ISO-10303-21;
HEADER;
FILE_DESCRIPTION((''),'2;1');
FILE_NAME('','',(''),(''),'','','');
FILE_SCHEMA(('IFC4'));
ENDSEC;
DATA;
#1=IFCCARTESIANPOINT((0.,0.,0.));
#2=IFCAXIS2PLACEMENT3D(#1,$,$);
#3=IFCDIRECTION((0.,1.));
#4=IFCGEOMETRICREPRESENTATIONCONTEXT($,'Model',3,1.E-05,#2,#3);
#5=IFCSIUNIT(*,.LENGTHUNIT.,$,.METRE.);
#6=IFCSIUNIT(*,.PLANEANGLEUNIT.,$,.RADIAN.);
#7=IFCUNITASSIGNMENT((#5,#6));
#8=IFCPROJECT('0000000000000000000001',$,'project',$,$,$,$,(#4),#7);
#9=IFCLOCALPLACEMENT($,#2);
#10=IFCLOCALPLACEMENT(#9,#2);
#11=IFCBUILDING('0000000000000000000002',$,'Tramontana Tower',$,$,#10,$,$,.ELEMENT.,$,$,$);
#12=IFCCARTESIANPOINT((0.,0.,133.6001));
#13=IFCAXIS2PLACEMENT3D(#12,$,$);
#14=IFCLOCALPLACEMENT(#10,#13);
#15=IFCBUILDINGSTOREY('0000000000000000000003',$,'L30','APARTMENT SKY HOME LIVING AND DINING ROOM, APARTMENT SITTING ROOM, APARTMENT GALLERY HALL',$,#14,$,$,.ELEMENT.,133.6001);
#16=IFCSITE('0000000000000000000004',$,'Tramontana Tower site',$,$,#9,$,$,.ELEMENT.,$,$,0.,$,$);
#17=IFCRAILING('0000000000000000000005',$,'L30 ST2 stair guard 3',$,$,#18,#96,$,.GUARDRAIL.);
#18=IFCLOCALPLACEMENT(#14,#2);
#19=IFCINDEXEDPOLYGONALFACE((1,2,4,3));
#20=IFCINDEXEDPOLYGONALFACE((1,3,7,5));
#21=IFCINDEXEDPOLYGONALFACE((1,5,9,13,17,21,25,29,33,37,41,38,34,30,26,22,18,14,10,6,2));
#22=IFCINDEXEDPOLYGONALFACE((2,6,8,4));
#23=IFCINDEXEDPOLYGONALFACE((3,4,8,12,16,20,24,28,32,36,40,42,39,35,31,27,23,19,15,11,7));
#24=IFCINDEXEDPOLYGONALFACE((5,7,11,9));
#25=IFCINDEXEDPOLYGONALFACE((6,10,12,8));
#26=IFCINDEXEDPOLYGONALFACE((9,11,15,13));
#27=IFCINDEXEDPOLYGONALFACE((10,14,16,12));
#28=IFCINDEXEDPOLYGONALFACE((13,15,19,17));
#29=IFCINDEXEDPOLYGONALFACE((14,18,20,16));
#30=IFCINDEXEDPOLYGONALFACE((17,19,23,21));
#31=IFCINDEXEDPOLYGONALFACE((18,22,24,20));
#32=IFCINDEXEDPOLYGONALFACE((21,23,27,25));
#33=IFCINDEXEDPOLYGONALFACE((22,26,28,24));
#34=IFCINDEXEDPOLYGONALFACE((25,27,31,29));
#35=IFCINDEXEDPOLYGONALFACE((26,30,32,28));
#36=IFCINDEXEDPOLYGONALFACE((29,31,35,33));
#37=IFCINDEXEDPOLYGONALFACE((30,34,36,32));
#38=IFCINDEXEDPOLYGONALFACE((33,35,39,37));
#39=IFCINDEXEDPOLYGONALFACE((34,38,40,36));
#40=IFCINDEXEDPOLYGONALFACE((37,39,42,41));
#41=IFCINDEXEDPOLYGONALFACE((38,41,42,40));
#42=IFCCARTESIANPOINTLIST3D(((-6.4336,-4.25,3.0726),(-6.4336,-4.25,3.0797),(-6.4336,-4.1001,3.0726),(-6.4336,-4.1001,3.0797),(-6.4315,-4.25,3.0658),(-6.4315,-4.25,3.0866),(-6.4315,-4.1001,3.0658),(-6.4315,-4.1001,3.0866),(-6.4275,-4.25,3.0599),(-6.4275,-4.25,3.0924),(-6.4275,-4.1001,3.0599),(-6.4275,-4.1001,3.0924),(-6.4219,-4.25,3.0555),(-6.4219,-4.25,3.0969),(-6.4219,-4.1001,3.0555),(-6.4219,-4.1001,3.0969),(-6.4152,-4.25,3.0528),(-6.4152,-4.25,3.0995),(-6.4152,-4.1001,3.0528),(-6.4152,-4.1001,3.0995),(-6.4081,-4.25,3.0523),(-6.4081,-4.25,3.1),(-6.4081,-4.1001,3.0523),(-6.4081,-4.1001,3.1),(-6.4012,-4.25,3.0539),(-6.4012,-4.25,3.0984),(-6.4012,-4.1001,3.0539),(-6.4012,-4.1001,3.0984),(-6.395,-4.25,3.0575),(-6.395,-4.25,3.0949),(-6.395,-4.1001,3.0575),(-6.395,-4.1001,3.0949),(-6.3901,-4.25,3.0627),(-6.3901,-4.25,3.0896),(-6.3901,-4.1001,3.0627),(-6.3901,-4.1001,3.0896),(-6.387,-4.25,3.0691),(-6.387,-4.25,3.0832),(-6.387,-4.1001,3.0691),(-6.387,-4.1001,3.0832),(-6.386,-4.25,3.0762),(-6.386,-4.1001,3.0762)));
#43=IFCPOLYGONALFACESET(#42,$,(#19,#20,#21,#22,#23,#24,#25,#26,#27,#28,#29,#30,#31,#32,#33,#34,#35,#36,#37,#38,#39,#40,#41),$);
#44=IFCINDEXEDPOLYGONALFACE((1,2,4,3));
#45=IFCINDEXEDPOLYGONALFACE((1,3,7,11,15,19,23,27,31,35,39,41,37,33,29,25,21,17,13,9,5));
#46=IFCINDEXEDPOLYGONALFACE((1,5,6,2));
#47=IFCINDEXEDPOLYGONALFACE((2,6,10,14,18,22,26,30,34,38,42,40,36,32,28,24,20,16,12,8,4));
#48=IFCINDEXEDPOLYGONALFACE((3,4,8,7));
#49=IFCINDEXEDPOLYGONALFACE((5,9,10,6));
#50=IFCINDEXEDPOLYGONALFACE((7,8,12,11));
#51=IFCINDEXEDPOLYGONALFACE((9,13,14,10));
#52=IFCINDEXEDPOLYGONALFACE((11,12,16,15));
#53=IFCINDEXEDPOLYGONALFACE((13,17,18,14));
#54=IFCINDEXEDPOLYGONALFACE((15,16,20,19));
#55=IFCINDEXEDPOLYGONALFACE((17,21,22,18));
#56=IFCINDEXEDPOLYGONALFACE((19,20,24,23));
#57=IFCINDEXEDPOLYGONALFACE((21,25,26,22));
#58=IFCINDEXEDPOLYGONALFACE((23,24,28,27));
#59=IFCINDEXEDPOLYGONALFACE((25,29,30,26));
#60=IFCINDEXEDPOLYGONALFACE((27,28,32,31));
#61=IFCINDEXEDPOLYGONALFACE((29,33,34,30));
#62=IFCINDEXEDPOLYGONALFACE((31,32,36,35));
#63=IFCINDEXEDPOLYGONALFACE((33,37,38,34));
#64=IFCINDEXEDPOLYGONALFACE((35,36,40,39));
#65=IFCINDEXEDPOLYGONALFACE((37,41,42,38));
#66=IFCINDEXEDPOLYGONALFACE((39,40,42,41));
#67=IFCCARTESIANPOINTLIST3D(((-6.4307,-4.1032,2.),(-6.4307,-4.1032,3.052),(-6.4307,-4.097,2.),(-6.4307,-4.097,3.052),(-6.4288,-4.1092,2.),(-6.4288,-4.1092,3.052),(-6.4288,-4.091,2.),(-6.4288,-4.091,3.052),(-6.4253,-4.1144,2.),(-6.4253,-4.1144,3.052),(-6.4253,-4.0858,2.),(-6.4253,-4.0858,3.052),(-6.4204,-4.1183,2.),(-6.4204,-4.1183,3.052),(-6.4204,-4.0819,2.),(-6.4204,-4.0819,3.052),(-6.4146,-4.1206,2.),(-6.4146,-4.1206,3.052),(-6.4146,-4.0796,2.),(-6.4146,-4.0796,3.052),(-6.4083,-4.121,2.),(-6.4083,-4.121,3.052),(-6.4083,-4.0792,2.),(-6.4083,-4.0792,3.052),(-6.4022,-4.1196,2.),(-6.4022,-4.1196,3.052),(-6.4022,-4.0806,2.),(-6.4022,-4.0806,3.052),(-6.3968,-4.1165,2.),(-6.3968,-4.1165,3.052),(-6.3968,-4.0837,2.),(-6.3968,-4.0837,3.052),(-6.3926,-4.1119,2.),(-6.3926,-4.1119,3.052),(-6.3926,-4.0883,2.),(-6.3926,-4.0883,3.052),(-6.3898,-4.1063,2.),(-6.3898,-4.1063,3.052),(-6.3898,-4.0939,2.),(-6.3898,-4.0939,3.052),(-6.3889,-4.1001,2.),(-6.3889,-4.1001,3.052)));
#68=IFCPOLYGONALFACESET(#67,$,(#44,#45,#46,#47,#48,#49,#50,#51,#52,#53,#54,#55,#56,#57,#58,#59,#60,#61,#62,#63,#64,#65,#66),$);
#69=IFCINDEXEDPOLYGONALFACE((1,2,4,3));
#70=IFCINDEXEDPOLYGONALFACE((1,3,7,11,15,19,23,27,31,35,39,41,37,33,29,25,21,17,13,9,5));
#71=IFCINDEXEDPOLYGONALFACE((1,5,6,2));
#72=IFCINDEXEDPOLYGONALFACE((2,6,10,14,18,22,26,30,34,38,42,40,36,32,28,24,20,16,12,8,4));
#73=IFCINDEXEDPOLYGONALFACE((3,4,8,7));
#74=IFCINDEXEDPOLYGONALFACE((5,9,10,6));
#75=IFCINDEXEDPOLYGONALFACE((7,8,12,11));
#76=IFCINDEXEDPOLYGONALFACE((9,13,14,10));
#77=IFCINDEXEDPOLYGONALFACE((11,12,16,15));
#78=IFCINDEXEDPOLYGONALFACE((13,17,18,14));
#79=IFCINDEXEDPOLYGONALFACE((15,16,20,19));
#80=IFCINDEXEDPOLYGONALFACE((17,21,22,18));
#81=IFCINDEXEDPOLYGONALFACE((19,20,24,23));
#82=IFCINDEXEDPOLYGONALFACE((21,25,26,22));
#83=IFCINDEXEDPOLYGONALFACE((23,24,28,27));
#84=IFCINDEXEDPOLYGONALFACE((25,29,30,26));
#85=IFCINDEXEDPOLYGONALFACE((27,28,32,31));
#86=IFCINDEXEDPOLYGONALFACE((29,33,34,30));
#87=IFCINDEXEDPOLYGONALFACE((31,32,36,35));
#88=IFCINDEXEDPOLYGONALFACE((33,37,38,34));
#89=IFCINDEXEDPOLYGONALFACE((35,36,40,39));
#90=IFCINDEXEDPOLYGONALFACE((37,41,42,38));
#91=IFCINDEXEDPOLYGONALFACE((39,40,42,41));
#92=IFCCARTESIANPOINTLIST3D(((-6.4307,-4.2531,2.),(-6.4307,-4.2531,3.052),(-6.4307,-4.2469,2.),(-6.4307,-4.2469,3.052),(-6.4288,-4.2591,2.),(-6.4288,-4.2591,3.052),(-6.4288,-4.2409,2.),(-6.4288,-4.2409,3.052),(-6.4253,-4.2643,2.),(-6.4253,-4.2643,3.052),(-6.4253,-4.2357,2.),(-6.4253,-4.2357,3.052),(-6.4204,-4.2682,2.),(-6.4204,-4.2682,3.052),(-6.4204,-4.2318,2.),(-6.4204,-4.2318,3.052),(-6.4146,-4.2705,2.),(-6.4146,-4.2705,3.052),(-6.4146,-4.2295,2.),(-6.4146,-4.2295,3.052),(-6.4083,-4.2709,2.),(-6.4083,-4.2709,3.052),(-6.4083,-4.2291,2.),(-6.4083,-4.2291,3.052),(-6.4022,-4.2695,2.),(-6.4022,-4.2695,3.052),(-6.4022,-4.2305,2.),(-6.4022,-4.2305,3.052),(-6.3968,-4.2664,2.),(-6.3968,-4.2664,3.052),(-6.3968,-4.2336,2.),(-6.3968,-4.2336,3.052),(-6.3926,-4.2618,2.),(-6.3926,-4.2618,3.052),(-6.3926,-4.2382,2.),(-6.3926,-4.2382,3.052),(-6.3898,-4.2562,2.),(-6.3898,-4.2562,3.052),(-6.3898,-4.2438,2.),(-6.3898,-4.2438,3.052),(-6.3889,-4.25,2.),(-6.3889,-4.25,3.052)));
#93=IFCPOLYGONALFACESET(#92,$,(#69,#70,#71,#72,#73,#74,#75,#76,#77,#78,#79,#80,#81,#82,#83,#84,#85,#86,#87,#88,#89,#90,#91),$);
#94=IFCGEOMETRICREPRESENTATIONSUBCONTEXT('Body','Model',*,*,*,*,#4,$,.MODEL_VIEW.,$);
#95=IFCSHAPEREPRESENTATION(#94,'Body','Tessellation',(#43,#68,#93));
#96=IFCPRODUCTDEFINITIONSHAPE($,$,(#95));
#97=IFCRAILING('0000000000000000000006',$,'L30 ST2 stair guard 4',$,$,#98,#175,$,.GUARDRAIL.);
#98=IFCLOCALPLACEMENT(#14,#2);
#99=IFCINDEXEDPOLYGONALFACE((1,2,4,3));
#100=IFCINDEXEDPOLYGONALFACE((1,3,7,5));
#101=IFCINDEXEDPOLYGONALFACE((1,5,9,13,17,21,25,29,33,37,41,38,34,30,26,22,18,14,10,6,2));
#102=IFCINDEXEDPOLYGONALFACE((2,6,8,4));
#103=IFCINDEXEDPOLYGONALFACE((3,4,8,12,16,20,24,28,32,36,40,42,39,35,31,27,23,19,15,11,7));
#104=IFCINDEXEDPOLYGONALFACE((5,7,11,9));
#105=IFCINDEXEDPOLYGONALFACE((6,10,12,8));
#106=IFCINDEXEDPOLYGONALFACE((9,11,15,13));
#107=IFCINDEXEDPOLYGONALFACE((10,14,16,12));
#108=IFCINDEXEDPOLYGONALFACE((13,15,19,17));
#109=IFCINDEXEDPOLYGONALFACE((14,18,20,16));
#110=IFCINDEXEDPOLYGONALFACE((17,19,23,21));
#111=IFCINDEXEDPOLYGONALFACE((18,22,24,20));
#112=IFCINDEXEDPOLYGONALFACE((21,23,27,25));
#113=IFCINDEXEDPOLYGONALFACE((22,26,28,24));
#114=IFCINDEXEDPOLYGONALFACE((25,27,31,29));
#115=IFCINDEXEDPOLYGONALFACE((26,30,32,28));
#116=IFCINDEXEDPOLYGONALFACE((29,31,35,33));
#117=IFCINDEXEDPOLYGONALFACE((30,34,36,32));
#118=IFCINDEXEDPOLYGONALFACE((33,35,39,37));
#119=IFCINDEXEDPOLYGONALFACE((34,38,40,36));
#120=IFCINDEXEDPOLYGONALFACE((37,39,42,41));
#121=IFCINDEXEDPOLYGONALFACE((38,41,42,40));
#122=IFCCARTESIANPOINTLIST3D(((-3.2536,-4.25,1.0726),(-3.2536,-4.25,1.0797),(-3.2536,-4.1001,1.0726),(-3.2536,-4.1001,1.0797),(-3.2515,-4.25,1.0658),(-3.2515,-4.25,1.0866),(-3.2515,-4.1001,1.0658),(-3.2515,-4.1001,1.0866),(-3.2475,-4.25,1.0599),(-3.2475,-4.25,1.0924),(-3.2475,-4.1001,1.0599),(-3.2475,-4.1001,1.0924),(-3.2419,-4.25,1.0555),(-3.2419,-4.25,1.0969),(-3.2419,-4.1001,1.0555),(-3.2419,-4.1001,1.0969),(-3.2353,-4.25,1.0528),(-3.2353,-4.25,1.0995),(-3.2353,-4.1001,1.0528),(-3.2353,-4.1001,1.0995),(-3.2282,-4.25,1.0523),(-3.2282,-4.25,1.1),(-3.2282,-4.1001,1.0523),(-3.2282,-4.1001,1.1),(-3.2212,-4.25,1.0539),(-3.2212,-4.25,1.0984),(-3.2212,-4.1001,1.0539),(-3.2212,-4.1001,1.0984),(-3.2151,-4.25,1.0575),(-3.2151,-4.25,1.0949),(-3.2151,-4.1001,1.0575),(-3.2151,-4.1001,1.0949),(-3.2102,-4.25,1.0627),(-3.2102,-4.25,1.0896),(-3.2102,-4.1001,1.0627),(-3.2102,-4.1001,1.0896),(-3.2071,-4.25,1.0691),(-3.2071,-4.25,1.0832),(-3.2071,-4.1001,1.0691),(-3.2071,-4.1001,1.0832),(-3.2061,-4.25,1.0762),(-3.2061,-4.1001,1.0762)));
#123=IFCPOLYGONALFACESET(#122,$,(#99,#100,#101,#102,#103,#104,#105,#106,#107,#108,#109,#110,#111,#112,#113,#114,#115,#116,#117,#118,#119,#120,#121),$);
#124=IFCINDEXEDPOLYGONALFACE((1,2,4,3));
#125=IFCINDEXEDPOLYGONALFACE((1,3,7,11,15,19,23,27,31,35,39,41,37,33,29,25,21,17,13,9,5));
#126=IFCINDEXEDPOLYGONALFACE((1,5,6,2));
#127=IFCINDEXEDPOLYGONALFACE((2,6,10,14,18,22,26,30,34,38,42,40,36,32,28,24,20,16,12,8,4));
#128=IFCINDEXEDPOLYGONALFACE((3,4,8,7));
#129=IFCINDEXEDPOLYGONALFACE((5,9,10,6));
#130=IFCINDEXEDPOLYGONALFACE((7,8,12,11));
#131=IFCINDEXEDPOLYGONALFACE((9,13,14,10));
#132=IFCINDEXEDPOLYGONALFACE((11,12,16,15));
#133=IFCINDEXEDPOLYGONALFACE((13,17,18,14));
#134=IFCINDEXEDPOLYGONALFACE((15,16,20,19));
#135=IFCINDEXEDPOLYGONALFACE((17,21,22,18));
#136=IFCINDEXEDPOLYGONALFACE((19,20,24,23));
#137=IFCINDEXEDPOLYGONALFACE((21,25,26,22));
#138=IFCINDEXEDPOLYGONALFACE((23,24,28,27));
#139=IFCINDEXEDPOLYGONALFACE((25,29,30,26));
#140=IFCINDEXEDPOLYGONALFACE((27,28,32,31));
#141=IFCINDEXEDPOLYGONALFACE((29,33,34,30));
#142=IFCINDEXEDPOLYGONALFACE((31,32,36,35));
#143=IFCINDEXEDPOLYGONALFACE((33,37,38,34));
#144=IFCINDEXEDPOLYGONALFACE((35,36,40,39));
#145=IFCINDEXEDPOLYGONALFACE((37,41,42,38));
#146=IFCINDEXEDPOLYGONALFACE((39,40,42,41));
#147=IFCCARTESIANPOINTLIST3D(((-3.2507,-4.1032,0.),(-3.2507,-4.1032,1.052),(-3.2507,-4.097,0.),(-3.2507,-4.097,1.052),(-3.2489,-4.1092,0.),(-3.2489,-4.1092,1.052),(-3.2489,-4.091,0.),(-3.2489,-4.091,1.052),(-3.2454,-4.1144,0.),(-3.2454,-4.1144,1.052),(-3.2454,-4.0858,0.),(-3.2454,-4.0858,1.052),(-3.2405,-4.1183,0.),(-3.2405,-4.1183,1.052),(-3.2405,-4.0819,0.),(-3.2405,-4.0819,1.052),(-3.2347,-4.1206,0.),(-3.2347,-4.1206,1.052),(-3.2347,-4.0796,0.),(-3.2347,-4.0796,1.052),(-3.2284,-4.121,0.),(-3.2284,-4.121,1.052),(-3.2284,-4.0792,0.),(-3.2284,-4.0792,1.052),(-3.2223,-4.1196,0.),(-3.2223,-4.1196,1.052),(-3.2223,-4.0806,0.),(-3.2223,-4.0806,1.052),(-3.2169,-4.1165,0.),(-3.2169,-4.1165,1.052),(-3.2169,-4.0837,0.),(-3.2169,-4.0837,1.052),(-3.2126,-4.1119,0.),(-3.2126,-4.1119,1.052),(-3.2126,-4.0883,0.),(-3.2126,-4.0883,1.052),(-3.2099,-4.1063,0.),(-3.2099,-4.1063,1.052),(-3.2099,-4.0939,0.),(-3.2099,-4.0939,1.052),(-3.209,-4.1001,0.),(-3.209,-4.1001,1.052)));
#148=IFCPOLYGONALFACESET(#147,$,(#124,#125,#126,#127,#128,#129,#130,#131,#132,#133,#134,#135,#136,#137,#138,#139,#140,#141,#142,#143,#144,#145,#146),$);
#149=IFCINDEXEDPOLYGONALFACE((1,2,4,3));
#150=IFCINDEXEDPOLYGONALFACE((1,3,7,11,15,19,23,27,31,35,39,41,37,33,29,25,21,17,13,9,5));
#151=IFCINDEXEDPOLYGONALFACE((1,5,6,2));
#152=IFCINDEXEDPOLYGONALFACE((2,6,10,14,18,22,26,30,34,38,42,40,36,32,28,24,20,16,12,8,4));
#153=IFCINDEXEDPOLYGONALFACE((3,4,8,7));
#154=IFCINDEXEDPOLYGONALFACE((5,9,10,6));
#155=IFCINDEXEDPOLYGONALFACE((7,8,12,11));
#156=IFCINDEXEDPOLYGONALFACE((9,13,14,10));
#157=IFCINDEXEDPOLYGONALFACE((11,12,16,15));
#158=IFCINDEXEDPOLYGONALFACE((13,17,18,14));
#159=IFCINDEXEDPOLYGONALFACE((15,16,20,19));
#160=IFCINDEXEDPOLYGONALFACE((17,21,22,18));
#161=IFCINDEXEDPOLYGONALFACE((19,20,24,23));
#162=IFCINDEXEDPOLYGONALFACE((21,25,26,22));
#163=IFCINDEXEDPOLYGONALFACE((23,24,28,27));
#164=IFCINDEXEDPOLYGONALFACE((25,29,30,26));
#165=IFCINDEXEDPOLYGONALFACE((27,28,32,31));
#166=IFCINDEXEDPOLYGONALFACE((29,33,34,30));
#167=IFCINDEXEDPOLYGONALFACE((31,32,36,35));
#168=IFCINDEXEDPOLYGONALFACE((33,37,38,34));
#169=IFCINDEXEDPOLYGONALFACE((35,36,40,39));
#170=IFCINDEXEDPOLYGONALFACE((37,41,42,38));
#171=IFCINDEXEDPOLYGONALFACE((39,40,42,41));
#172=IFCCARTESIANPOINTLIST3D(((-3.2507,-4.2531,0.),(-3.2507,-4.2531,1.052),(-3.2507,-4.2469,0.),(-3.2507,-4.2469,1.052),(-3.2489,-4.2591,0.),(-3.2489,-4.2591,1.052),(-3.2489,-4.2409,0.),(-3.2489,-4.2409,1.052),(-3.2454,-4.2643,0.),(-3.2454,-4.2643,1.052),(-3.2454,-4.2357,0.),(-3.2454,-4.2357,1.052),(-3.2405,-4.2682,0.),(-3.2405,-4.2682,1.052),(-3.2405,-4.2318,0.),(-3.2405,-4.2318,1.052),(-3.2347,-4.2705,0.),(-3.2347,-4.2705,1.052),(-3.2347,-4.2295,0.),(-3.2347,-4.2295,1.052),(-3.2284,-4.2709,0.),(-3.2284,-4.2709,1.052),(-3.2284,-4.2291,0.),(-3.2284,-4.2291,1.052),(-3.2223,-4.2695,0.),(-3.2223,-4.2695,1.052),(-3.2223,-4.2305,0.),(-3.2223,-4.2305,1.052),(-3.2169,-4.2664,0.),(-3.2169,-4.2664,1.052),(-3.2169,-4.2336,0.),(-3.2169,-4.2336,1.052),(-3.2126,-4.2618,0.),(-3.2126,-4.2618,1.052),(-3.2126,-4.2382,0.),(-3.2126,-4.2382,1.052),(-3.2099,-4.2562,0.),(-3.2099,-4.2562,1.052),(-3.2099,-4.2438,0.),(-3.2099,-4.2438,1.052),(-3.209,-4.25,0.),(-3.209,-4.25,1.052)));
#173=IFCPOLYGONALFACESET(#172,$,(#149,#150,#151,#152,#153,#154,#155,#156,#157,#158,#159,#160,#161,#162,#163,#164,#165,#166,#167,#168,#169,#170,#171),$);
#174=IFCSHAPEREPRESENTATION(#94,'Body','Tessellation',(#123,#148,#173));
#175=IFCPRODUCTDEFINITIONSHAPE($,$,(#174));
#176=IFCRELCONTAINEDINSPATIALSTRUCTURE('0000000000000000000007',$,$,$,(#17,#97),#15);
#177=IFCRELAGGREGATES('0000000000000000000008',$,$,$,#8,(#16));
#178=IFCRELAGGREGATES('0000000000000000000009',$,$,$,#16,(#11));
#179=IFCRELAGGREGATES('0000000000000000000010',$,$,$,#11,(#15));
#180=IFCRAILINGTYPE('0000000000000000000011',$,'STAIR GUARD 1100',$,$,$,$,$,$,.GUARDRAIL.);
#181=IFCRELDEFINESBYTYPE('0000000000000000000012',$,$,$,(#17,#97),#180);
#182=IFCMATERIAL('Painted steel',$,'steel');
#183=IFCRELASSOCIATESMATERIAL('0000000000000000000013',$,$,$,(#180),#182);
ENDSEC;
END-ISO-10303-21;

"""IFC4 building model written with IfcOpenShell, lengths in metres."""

from ifc_helpers import new_model, si_unit, direction, frame, origin, origin_2d, place, context, subcontext, project, spatial, circle, extrude, material, type_object, element, save


model = new_model("IFC4")

# Units and contexts
model_context = context("Model", 3, precision=1e-05, world=origin(), true_north=direction((0.0, 1.0)))
body_context = subcontext(model_context, "Body", "Model", "MODEL_VIEW")
ifc_project = project(units=[si_unit("LENGTHUNIT", "METRE"), si_unit("PLANEANGLEUNIT", "RADIAN")], contexts=[model_context])

# Site, building, storey
site_placement = place(None, origin())
site = spatial("IfcSite", under=ifc_project, at=site_placement, Name="Tramontana Tower site", CompositionType="ELEMENT", RefElevation=0.0)
building_placement = place(site_placement, origin())
building = spatial("IfcBuilding", under=site, at=building_placement, Name="Tramontana Tower", CompositionType="ELEMENT")
storey_placement = place(building_placement, frame((0.0, 0.0, 133.6001)))
storey = spatial("IfcBuildingStorey", under=building, at=storey_placement, Name="L30", Description="APARTMENT SKY HOME LIVING AND DINING ROOM, APARTMENT SITTING ROOM, APARTMENT GALLERY HALL", CompositionType="ELEMENT", Elevation=133.6001)

# Railings
ifc_material_1 = material(Name="Painted steel", Category="steel")
railing_type_1 = type_object("IfcRailingType", Name="STAIR GUARD 1100", PredefinedType="GUARDRAIL", material=ifc_material_1)
for number, where, name in (
    (1, (-6.4099, -4.1001, 2.0), "L30 ST2 stair guard 3"),
    (2, (-3.23, -4.1001, 0.0), "L30 ST2 stair guard 4"),
):
    element("IfcRailing", number, at=place(storey_placement, frame(where)), inside=storey, type_object=railing_type_1, Name=name, PredefinedType="GUARDRAIL", context=body_context, shape_type="SweptSolid", body=[
        extrude(circle(Radius=0.0239, at=origin_2d()), frame((0.0, 0.0, 1.0762), z_axis=(0.0, -1.0, 0.0), x_axis=(1.0, 0.0, 0.0)), (0.0, 0.0, 1.0), 0.1499),
        extrude(circle(Radius=0.021, at=origin_2d()), origin(), (0.0, 0.0, 1.0), 1.052),
        extrude(circle(Radius=0.021, at=origin_2d()), frame((0.0, -0.1499, 0.0)), (0.0, 0.0, 1.0), 1.052),
    ])

save(model, "model.ifc")
